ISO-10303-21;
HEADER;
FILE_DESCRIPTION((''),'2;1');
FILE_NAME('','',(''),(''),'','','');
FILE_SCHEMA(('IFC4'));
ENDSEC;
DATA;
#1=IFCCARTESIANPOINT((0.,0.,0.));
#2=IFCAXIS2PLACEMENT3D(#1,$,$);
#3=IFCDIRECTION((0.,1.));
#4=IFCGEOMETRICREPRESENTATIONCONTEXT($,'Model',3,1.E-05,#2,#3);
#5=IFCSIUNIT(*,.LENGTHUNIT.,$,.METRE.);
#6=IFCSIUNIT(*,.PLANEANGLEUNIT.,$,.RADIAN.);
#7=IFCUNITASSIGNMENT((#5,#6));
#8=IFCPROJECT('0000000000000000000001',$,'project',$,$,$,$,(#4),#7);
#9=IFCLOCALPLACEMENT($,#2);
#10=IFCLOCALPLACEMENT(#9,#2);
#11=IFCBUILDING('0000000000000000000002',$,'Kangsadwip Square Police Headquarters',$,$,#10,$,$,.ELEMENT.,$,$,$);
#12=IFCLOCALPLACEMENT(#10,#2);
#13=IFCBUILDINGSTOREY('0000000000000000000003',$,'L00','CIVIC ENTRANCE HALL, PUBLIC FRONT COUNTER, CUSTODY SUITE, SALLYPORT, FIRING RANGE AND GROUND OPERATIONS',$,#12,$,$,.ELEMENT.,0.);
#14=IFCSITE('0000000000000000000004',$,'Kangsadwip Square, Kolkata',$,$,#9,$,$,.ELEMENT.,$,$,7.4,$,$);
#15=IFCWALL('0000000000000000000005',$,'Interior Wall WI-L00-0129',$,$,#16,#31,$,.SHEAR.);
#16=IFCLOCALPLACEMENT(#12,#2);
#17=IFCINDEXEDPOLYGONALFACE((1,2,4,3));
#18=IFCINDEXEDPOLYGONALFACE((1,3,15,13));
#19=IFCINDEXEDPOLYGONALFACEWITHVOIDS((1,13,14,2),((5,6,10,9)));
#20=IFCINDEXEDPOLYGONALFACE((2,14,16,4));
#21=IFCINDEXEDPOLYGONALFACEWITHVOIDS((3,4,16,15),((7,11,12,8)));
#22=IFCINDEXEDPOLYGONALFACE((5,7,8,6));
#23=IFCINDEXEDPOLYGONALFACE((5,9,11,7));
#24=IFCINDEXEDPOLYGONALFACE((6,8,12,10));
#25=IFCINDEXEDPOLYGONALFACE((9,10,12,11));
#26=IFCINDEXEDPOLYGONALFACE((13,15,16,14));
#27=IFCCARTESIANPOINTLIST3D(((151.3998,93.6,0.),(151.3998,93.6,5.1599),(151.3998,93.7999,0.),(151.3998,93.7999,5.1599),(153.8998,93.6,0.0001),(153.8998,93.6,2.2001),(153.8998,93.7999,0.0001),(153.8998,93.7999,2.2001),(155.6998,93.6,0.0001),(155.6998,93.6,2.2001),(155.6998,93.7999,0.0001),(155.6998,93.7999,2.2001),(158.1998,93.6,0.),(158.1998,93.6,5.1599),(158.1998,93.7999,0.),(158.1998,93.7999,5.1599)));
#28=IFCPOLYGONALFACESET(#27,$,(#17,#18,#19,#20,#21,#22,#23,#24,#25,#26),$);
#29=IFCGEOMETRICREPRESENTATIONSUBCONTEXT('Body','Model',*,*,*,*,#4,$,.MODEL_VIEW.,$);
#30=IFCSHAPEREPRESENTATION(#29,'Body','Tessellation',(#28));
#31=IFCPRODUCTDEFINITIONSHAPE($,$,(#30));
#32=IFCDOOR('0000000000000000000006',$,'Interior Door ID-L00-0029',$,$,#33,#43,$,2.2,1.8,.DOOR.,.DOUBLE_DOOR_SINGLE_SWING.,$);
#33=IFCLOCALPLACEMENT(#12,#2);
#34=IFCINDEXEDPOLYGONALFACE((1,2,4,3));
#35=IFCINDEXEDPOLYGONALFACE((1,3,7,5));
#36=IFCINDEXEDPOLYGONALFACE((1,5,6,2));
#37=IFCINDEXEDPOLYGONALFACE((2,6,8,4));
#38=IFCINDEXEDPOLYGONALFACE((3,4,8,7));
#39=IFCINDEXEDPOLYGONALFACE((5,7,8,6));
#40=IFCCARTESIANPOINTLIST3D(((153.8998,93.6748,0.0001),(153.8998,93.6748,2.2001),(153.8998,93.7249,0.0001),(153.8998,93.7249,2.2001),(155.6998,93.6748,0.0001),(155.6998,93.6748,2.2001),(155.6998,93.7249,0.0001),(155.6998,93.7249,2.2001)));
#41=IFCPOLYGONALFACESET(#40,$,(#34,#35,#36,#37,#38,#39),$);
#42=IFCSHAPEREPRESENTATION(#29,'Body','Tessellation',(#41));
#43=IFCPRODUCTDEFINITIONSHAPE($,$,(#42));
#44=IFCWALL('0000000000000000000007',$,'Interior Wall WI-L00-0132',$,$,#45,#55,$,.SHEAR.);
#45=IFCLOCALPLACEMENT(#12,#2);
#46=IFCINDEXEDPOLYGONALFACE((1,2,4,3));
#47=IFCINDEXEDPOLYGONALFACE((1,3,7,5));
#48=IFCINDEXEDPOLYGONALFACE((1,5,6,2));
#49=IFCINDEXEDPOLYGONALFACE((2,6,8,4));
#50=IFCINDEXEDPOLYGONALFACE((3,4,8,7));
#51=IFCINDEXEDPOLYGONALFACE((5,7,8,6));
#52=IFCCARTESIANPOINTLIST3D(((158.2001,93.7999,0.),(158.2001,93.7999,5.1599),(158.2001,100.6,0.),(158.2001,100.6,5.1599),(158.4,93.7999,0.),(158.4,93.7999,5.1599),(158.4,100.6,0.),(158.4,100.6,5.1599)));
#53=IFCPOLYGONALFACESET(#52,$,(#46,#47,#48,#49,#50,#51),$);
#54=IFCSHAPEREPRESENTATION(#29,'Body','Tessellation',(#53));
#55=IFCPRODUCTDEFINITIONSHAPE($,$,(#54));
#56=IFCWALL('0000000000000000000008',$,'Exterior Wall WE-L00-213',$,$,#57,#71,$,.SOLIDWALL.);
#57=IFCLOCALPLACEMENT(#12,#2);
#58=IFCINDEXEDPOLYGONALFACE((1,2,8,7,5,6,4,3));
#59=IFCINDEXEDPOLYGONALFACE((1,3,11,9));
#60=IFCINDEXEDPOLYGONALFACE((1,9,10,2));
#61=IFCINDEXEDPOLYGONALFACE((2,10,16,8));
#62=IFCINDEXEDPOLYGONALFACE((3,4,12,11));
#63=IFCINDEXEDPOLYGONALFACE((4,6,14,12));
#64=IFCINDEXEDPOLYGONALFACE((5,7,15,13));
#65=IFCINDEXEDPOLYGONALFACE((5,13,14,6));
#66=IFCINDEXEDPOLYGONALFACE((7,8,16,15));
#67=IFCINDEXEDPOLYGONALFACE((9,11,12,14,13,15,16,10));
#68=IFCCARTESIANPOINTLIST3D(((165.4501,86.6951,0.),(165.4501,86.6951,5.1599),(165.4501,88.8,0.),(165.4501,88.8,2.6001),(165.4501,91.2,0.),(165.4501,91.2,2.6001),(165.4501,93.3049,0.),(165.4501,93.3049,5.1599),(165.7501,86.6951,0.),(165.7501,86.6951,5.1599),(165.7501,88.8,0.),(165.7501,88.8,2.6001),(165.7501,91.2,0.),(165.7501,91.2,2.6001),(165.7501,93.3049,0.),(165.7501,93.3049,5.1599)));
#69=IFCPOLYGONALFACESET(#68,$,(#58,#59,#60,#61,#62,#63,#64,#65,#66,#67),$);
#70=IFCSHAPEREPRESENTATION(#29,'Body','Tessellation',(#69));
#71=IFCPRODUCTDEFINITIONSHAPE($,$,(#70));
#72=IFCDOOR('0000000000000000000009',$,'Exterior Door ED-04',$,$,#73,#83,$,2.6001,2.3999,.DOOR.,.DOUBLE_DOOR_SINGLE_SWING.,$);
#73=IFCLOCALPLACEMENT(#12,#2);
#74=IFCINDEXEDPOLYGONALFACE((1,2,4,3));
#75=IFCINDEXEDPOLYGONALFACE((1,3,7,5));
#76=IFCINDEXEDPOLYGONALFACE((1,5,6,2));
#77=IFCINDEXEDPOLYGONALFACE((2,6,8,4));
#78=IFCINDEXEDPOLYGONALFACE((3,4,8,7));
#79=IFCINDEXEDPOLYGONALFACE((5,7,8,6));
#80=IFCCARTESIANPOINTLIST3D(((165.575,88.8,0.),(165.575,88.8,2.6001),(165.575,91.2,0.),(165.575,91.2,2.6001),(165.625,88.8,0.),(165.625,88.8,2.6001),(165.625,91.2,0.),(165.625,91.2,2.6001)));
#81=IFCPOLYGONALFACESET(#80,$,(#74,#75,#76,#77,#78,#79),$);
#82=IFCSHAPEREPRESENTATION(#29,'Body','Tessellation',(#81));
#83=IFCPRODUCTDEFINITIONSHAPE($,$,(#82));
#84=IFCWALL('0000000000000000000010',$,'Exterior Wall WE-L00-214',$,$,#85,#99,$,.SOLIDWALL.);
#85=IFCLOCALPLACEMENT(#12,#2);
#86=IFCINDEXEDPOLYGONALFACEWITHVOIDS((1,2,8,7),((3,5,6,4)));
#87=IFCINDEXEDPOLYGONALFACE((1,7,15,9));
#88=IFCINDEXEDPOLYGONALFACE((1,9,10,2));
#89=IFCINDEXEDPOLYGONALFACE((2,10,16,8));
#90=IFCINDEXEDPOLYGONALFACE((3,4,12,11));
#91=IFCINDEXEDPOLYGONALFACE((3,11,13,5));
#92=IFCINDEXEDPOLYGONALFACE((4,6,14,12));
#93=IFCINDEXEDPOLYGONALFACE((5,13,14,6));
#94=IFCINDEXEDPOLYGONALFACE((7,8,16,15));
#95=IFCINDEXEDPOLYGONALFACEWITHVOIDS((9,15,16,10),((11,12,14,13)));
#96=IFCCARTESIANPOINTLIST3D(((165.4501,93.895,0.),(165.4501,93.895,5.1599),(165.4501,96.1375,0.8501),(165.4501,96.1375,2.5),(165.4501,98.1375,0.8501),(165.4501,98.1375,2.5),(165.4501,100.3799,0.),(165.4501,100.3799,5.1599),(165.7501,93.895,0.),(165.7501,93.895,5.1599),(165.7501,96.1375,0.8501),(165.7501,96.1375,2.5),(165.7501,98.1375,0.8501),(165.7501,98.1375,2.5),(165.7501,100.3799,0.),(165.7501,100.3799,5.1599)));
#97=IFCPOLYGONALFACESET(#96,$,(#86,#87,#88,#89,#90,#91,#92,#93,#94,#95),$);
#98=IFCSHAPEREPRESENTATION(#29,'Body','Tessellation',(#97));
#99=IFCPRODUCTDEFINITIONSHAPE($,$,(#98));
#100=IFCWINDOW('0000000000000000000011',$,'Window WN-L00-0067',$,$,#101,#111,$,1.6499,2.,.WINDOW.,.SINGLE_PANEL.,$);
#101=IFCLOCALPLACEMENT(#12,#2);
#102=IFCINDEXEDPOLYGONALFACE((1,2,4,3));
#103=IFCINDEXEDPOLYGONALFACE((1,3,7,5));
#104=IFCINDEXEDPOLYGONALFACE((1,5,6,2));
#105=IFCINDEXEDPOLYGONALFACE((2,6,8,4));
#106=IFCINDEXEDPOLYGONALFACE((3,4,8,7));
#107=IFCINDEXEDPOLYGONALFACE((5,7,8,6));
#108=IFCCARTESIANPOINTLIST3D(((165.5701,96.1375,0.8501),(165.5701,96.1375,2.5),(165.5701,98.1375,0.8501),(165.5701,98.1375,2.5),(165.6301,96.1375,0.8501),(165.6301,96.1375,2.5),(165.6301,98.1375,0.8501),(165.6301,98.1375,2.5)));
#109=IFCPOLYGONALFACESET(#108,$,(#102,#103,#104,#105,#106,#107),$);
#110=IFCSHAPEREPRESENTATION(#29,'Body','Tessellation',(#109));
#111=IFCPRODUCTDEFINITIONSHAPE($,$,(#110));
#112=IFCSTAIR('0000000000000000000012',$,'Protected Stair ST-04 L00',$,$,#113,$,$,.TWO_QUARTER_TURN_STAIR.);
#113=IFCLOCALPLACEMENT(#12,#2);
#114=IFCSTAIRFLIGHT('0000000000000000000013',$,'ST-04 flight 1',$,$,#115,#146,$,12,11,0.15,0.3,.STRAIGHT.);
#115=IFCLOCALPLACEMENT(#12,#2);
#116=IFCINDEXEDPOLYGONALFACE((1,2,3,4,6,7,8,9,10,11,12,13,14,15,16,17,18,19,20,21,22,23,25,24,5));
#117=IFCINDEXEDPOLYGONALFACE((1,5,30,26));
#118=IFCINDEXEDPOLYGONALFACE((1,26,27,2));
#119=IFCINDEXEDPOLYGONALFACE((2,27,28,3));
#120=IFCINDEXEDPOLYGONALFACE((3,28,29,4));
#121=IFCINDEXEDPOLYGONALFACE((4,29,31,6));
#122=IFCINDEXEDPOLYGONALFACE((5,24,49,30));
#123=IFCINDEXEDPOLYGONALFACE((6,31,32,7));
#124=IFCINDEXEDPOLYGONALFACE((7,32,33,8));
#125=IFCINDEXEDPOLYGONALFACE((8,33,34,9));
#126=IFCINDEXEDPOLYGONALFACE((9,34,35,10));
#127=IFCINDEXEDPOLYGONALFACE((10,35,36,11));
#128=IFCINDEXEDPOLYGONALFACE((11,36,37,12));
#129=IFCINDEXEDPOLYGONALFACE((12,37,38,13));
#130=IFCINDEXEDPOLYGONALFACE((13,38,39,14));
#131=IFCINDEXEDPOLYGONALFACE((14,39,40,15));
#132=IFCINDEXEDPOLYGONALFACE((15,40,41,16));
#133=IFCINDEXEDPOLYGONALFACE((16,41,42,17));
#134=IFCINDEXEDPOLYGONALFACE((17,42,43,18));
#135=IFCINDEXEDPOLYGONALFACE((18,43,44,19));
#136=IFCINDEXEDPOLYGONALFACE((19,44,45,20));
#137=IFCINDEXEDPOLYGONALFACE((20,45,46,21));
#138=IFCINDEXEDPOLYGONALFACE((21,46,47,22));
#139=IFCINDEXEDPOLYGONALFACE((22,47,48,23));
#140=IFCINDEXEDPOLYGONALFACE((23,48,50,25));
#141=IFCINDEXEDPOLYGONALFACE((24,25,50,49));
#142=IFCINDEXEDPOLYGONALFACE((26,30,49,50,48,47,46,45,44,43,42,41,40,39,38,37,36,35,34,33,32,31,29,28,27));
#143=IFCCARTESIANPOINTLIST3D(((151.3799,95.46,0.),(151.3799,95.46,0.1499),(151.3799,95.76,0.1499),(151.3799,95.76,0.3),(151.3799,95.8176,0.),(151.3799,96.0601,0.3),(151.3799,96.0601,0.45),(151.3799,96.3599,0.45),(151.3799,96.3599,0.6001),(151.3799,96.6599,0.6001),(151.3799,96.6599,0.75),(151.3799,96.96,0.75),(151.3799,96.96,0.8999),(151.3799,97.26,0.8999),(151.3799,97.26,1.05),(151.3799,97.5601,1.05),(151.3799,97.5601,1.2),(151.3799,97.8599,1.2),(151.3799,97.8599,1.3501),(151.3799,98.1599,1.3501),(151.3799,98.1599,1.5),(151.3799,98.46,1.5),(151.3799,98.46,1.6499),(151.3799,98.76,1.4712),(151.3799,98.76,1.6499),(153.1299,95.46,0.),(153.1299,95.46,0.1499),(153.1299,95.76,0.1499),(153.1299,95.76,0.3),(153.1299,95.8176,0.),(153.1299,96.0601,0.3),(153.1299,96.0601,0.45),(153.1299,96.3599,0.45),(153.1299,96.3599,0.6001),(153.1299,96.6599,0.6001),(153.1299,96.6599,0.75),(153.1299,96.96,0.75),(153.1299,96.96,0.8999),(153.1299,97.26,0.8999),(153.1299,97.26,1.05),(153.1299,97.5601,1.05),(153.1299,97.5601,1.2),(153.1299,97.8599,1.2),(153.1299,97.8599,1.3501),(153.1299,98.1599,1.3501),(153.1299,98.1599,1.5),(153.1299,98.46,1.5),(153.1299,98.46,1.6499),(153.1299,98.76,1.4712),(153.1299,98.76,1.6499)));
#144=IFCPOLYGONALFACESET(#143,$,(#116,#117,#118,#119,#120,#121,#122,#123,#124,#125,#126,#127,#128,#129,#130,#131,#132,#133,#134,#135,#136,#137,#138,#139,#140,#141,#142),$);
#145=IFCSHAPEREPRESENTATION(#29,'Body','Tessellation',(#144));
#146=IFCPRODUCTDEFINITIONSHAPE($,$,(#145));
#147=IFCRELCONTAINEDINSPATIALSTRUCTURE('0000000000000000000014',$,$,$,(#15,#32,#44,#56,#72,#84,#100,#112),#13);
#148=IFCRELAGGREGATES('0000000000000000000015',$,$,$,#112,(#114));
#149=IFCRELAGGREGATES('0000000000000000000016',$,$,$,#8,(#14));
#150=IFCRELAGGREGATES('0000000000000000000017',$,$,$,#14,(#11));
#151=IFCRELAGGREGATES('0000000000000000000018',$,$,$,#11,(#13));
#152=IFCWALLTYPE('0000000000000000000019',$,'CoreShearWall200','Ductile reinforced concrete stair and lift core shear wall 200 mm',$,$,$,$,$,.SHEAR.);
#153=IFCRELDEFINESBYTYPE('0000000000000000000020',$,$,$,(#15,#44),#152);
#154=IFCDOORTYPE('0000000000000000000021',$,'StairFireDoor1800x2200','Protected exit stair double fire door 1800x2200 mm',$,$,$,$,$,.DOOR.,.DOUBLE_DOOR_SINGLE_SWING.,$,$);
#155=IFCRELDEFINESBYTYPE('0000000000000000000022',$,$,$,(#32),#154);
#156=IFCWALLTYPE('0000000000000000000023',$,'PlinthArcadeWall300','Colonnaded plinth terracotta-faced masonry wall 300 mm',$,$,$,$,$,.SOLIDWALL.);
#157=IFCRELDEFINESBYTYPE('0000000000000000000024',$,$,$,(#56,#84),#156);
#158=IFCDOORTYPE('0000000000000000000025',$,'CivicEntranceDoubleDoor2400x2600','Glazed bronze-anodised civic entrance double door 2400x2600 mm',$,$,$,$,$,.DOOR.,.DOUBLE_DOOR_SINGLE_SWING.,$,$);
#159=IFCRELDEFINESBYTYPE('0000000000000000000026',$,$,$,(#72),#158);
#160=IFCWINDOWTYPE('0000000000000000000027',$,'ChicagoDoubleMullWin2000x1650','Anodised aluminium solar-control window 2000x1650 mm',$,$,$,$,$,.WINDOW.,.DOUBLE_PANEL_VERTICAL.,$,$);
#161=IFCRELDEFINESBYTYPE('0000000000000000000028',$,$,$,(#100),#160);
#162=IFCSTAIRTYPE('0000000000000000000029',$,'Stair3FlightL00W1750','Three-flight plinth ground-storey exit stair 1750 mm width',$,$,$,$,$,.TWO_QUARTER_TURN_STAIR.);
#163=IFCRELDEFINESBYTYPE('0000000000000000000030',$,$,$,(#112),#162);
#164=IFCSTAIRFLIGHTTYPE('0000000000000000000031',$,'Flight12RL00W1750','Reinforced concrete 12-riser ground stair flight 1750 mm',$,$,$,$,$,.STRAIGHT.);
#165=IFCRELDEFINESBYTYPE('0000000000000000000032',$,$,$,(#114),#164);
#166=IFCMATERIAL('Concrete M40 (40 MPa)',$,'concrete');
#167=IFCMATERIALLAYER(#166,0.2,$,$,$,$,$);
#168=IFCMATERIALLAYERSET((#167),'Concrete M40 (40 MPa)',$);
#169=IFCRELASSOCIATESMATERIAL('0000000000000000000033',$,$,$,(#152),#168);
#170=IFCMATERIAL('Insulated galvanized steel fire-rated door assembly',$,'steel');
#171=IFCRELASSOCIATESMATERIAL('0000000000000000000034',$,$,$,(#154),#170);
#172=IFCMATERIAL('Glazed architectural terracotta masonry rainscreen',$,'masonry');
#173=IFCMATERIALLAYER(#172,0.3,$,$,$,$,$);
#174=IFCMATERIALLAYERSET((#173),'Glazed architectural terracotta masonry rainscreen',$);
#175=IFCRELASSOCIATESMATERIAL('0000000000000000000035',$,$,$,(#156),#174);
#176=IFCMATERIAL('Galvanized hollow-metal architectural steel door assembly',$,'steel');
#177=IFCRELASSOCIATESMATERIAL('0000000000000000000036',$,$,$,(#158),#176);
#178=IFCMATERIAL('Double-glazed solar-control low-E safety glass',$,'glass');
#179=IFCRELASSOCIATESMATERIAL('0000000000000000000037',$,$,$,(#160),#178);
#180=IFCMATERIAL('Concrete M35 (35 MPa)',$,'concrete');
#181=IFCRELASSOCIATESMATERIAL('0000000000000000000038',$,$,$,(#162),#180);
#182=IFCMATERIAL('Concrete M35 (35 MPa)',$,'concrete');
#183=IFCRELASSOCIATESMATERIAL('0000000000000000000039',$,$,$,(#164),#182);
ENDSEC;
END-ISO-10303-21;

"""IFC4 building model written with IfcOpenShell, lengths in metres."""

from ifc_helpers import new_model, si_unit, direction, frame, frame_2d, origin, place, context, subcontext, project, spatial, polyline, rectangle, outline, extrude, material, layer, layer_set, type_object, element, fill, aggregate, save


model = new_model("IFC4")

# Units and contexts
model_context = context("Model", 3, precision=1e-05, world=origin(), true_north=direction((0.0, 1.0)))
body_context = subcontext(model_context, "Body", "Model", "MODEL_VIEW")
ifc_project = project(units=[si_unit("LENGTHUNIT", "METRE"), si_unit("PLANEANGLEUNIT", "RADIAN")], contexts=[model_context])

# Site, building, storey
site_placement = place(None, origin())
site = spatial("IfcSite", under=ifc_project, at=site_placement, Name="Kangsadwip Square, Kolkata", CompositionType="ELEMENT", RefElevation=7.4)
building_placement = place(site_placement, origin())
building = spatial("IfcBuilding", under=site, at=building_placement, Name="Kangsadwip Square Police Headquarters", CompositionType="ELEMENT")
storey_placement = place(building_placement, origin())
storey = spatial("IfcBuildingStorey", under=building, at=storey_placement, Name="L00", Description="CIVIC ENTRANCE HALL, PUBLIC FRONT COUNTER, CUSTODY SUITE, SALLYPORT, FIRING RANGE AND GROUND OPERATIONS", CompositionType="ELEMENT", Elevation=0.0)

# Wall, opening, door
ifc_material_1 = material(Name="Concrete M40 (40 MPa)", Category="concrete")
ifc_layer_1 = layer(ifc_material_1, 0.2)
ifc_layer_set_1 = layer_set([ifc_layer_1], Name="Concrete M40 (40 MPa)")
wall_type_1 = type_object("IfcWallType", Name="CoreShearWall200", Description="Ductile reinforced concrete stair and lift core shear wall 200 mm", PredefinedType="SHEAR", material=ifc_layer_set_1)
wall_1_placement = place(storey_placement, frame((151.3999, 93.7, 0.0), z_axis=(0.0, 0.0, 1.0), x_axis=(1.0, 0.0, 0.0)))
wall_1 = element("IfcWall", 1, at=wall_1_placement, inside=storey, type_object=wall_type_1, Name="Interior Wall WI-L00-0129", PredefinedType="SHEAR", context=body_context, shape_type="SweptSolid", body=[
    extrude(rectangle(XDim=6.8, YDim=0.2, at=frame_2d((3.3999, 0.0))), origin(), (0.0, 0.0, 1.0), 5.1599),
])
opening_1_placement = place(wall_1_placement, frame((2.5, 0.0, 0.0)))
opening_1 = element("IfcOpeningElement", 2, at=opening_1_placement, cuts=wall_1, PredefinedType="OPENING", context=body_context, shape_type="SweptSolid", body=[
    extrude(rectangle(XDim=1.8, YDim=2.2, at=frame_2d((0.8999, 1.1001))), frame((0.0, 0.1099, 0.0), z_axis=(0.0, -1.0, 0.0), x_axis=(1.0, 0.0, 0.0)), (0.0, 0.0, 1.0), 0.22),
])
ifc_material_2 = material(Name="Insulated galvanized steel fire-rated door assembly", Category="steel")
door_type_1 = type_object("IfcDoorType", Name="StairFireDoor1800x2200", Description="Protected exit stair double fire door 1800x2200 mm", OperationType="DOUBLE_DOOR_SINGLE_SWING", PredefinedType="DOOR", material=ifc_material_2)
door_1_placement = place(opening_1_placement, origin())
door_1 = element("IfcDoor", 3, at=door_1_placement, inside=storey, type_object=door_type_1, Name="Interior Door ID-L00-0029", OperationType="DOUBLE_DOOR_SINGLE_SWING", OverallHeight=2.2, OverallWidth=1.8, PredefinedType="DOOR", context=body_context, shape_type="SweptSolid", body=[
    extrude(rectangle(XDim=1.8, YDim=2.2, at=frame_2d((0.8999, 1.1001))), frame((0.0, 0.0249, 0.0), z_axis=(0.0, -1.0, 0.0), x_axis=(1.0, 0.0, 0.0)), (0.0, 0.0, 1.0), 0.05),
])
fill(opening_1, door_1)

# Wall
wall_2_placement = place(storey_placement, frame((158.3, 93.8, 0.0), z_axis=(0.0, 0.0, 1.0), x_axis=(0.0, 1.0, 0.0)))
element("IfcWall", 4, at=wall_2_placement, inside=storey, type_object=wall_type_1, Name="Interior Wall WI-L00-0132", PredefinedType="SHEAR", context=body_context, shape_type="SweptSolid", body=[
    extrude(rectangle(XDim=6.8, YDim=0.2, at=frame_2d((3.3999, 0.0))), origin(), (0.0, 0.0, 1.0), 5.1599),
])

# Wall, opening, door
ifc_material_3 = material(Name="Glazed architectural terracotta masonry rainscreen", Category="masonry")
ifc_layer_2 = layer(ifc_material_3, 0.3)
ifc_layer_set_2 = layer_set([ifc_layer_2], Name="Glazed architectural terracotta masonry rainscreen")
wall_type_2 = type_object("IfcWallType", Name="PlinthArcadeWall300", Description="Colonnaded plinth terracotta-faced masonry wall 300 mm", PredefinedType="SOLIDWALL", material=ifc_layer_set_2)
wall_3_placement = place(storey_placement, frame((165.6001, 93.3049, 0.0), z_axis=(0.0, 0.0, 1.0), x_axis=(0.0, -1.0, 0.0)))
wall_3 = element("IfcWall", 5, at=wall_3_placement, inside=storey, type_object=wall_type_2, Name="Exterior Wall WE-L00-213", PredefinedType="SOLIDWALL", context=body_context, shape_type="SweptSolid", body=[
    extrude(rectangle(XDim=6.6099, YDim=0.3, at=frame_2d((3.3049, 0.0))), origin(), (0.0, 0.0, 1.0), 5.1599),
])
opening_2_placement = place(wall_3_placement, frame((2.105, 0.0, 0.0)))
opening_2 = element("IfcOpeningElement", 6, at=opening_2_placement, cuts=wall_3, PredefinedType="OPENING", context=body_context, shape_type="SweptSolid", body=[
    extrude(rectangle(XDim=2.3999, YDim=2.6001, at=frame_2d((1.2, 1.3))), frame((0.0, 0.1599, 0.0), z_axis=(0.0, -1.0, 0.0), x_axis=(1.0, 0.0, 0.0)), (0.0, 0.0, 1.0), 0.3201),
])
ifc_material_4 = material(Name="Galvanized hollow-metal architectural steel door assembly", Category="steel")
door_type_2 = type_object("IfcDoorType", Name="CivicEntranceDoubleDoor2400x2600", Description="Glazed bronze-anodised civic entrance double door 2400x2600 mm", OperationType="DOUBLE_DOOR_SINGLE_SWING", PredefinedType="DOOR", material=ifc_material_4)
door_2_placement = place(opening_2_placement, origin())
door_2 = element("IfcDoor", 7, at=door_2_placement, inside=storey, type_object=door_type_2, Name="Exterior Door ED-04", OperationType="DOUBLE_DOOR_SINGLE_SWING", OverallHeight=2.6001, OverallWidth=2.3999, PredefinedType="DOOR", context=body_context, shape_type="SweptSolid", body=[
    extrude(rectangle(XDim=2.3999, YDim=2.6001, at=frame_2d((1.2, 1.3))), frame((0.0, 0.0249, 0.0), z_axis=(0.0, -1.0, 0.0), x_axis=(1.0, 0.0, 0.0)), (0.0, 0.0, 1.0), 0.05),
])
fill(opening_2, door_2)

# Wall, opening, window
wall_4_placement = place(storey_placement, frame((165.6001, 93.895, 0.0), z_axis=(0.0, 0.0, 1.0), x_axis=(0.0, 1.0, 0.0)))
wall_4 = element("IfcWall", 8, at=wall_4_placement, inside=storey, type_object=wall_type_2, Name="Exterior Wall WE-L00-214", PredefinedType="SOLIDWALL", context=body_context, shape_type="SweptSolid", body=[
    extrude(rectangle(XDim=6.4849, YDim=0.3, at=frame_2d((3.2424, 0.0))), origin(), (0.0, 0.0, 1.0), 5.1599),
])
opening_3_placement = place(wall_4_placement, frame((2.2424, 0.0, 0.8501)))
opening_3 = element("IfcOpeningElement", 9, at=opening_3_placement, cuts=wall_4, PredefinedType="OPENING", context=body_context, shape_type="SweptSolid", body=[
    extrude(rectangle(XDim=2.0, YDim=1.6499, at=frame_2d((1.0, 0.825))), frame((0.0, 0.1599, 0.0), z_axis=(0.0, -1.0, 0.0), x_axis=(1.0, 0.0, 0.0)), (0.0, 0.0, 1.0), 0.3201),
])
ifc_material_5 = material(Name="Double-glazed solar-control low-E safety glass", Category="glass")
window_type = type_object("IfcWindowType", Name="ChicagoDoubleMullWin2000x1650", Description="Anodised aluminium solar-control window 2000x1650 mm", PartitioningType="DOUBLE_PANEL_VERTICAL", PredefinedType="WINDOW", material=ifc_material_5)
window_placement = place(opening_3_placement, origin())
window = element("IfcWindow", 10, at=window_placement, inside=storey, type_object=window_type, Name="Window WN-L00-0067", OverallHeight=1.6499, OverallWidth=2.0, PartitioningType="SINGLE_PANEL", PredefinedType="WINDOW", context=body_context, shape_type="SweptSolid", body=[
    extrude(rectangle(XDim=2.0, YDim=1.6499, at=frame_2d((1.0, 0.825))), frame((0.0, 0.03, 0.0), z_axis=(0.0, -1.0, 0.0), x_axis=(1.0, 0.0, 0.0)), (0.0, 0.0, 1.0), 0.0601),
])
fill(opening_3, window)

# Stair, stair flight
ifc_material_6 = material(Name="Concrete M35 (35 MPa)", Category="concrete")
stair_type = type_object("IfcStairType", Name="Stair3FlightL00W1750", Description="Three-flight plinth ground-storey exit stair 1750 mm width", PredefinedType="TWO_QUARTER_TURN_STAIR", material=ifc_material_6)
stair_placement = place(storey_placement, origin())
stair = element("IfcStair", 11, at=stair_placement, inside=storey, type_object=stair_type, Name="Protected Stair ST-04 L00", PredefinedType="TWO_QUARTER_TURN_STAIR")
ifc_material_7 = material(Name="Concrete M35 (35 MPa)", Category="concrete")
stair_flight_type = type_object("IfcStairFlightType", Name="Flight12RL00W1750", Description="Reinforced concrete 12-riser ground stair flight 1750 mm", PredefinedType="STRAIGHT", material=ifc_material_7)
stair_flight_1_placement = place(storey_placement, frame((152.2549, 95.46, 0.0), z_axis=(0.0, 0.0, 1.0), x_axis=(0.0, 1.0, 0.0)))
stair_flight_1 = element("IfcStairFlight", 12, at=stair_flight_1_placement, type_object=stair_flight_type, Name="ST-04 flight 1", NumberOfRisers=12, NumberOfTreads=11, PredefinedType="STRAIGHT", RiserHeight=0.15, TreadLength=0.3, context=body_context, shape_type="SweptSolid", body=[
    extrude(outline(polyline([(0.0, 0.0), (0.0, 0.1499), (0.3, 0.1499), (0.3, 0.3), (0.6001, 0.3), (0.6001, 0.45), (0.8999, 0.45), (0.8999, 0.6001), (1.2, 0.6001), (1.2, 0.75), (1.5, 0.75), (1.5, 0.8999), (1.8, 0.8999), (1.8, 1.05), (2.1001, 1.05), (2.1001, 1.2), (2.3999, 1.2), (2.3999, 1.3501), (2.7, 1.3501), (2.7, 1.5), (3.0, 1.5), (3.0, 1.6499), (3.3, 1.6499), (3.3, 1.8), (3.3, 1.4712), (0.3577, 0.0), (0.0, 0.0)])), frame((0.0, 0.875, 0.0), z_axis=(0.0, -1.0, 0.0), x_axis=(1.0, 0.0, 0.0)), (0.0, 0.0, 1.0), 1.75),
])
aggregate(stair, [stair_flight_1])

save(model, "model.ifc")
